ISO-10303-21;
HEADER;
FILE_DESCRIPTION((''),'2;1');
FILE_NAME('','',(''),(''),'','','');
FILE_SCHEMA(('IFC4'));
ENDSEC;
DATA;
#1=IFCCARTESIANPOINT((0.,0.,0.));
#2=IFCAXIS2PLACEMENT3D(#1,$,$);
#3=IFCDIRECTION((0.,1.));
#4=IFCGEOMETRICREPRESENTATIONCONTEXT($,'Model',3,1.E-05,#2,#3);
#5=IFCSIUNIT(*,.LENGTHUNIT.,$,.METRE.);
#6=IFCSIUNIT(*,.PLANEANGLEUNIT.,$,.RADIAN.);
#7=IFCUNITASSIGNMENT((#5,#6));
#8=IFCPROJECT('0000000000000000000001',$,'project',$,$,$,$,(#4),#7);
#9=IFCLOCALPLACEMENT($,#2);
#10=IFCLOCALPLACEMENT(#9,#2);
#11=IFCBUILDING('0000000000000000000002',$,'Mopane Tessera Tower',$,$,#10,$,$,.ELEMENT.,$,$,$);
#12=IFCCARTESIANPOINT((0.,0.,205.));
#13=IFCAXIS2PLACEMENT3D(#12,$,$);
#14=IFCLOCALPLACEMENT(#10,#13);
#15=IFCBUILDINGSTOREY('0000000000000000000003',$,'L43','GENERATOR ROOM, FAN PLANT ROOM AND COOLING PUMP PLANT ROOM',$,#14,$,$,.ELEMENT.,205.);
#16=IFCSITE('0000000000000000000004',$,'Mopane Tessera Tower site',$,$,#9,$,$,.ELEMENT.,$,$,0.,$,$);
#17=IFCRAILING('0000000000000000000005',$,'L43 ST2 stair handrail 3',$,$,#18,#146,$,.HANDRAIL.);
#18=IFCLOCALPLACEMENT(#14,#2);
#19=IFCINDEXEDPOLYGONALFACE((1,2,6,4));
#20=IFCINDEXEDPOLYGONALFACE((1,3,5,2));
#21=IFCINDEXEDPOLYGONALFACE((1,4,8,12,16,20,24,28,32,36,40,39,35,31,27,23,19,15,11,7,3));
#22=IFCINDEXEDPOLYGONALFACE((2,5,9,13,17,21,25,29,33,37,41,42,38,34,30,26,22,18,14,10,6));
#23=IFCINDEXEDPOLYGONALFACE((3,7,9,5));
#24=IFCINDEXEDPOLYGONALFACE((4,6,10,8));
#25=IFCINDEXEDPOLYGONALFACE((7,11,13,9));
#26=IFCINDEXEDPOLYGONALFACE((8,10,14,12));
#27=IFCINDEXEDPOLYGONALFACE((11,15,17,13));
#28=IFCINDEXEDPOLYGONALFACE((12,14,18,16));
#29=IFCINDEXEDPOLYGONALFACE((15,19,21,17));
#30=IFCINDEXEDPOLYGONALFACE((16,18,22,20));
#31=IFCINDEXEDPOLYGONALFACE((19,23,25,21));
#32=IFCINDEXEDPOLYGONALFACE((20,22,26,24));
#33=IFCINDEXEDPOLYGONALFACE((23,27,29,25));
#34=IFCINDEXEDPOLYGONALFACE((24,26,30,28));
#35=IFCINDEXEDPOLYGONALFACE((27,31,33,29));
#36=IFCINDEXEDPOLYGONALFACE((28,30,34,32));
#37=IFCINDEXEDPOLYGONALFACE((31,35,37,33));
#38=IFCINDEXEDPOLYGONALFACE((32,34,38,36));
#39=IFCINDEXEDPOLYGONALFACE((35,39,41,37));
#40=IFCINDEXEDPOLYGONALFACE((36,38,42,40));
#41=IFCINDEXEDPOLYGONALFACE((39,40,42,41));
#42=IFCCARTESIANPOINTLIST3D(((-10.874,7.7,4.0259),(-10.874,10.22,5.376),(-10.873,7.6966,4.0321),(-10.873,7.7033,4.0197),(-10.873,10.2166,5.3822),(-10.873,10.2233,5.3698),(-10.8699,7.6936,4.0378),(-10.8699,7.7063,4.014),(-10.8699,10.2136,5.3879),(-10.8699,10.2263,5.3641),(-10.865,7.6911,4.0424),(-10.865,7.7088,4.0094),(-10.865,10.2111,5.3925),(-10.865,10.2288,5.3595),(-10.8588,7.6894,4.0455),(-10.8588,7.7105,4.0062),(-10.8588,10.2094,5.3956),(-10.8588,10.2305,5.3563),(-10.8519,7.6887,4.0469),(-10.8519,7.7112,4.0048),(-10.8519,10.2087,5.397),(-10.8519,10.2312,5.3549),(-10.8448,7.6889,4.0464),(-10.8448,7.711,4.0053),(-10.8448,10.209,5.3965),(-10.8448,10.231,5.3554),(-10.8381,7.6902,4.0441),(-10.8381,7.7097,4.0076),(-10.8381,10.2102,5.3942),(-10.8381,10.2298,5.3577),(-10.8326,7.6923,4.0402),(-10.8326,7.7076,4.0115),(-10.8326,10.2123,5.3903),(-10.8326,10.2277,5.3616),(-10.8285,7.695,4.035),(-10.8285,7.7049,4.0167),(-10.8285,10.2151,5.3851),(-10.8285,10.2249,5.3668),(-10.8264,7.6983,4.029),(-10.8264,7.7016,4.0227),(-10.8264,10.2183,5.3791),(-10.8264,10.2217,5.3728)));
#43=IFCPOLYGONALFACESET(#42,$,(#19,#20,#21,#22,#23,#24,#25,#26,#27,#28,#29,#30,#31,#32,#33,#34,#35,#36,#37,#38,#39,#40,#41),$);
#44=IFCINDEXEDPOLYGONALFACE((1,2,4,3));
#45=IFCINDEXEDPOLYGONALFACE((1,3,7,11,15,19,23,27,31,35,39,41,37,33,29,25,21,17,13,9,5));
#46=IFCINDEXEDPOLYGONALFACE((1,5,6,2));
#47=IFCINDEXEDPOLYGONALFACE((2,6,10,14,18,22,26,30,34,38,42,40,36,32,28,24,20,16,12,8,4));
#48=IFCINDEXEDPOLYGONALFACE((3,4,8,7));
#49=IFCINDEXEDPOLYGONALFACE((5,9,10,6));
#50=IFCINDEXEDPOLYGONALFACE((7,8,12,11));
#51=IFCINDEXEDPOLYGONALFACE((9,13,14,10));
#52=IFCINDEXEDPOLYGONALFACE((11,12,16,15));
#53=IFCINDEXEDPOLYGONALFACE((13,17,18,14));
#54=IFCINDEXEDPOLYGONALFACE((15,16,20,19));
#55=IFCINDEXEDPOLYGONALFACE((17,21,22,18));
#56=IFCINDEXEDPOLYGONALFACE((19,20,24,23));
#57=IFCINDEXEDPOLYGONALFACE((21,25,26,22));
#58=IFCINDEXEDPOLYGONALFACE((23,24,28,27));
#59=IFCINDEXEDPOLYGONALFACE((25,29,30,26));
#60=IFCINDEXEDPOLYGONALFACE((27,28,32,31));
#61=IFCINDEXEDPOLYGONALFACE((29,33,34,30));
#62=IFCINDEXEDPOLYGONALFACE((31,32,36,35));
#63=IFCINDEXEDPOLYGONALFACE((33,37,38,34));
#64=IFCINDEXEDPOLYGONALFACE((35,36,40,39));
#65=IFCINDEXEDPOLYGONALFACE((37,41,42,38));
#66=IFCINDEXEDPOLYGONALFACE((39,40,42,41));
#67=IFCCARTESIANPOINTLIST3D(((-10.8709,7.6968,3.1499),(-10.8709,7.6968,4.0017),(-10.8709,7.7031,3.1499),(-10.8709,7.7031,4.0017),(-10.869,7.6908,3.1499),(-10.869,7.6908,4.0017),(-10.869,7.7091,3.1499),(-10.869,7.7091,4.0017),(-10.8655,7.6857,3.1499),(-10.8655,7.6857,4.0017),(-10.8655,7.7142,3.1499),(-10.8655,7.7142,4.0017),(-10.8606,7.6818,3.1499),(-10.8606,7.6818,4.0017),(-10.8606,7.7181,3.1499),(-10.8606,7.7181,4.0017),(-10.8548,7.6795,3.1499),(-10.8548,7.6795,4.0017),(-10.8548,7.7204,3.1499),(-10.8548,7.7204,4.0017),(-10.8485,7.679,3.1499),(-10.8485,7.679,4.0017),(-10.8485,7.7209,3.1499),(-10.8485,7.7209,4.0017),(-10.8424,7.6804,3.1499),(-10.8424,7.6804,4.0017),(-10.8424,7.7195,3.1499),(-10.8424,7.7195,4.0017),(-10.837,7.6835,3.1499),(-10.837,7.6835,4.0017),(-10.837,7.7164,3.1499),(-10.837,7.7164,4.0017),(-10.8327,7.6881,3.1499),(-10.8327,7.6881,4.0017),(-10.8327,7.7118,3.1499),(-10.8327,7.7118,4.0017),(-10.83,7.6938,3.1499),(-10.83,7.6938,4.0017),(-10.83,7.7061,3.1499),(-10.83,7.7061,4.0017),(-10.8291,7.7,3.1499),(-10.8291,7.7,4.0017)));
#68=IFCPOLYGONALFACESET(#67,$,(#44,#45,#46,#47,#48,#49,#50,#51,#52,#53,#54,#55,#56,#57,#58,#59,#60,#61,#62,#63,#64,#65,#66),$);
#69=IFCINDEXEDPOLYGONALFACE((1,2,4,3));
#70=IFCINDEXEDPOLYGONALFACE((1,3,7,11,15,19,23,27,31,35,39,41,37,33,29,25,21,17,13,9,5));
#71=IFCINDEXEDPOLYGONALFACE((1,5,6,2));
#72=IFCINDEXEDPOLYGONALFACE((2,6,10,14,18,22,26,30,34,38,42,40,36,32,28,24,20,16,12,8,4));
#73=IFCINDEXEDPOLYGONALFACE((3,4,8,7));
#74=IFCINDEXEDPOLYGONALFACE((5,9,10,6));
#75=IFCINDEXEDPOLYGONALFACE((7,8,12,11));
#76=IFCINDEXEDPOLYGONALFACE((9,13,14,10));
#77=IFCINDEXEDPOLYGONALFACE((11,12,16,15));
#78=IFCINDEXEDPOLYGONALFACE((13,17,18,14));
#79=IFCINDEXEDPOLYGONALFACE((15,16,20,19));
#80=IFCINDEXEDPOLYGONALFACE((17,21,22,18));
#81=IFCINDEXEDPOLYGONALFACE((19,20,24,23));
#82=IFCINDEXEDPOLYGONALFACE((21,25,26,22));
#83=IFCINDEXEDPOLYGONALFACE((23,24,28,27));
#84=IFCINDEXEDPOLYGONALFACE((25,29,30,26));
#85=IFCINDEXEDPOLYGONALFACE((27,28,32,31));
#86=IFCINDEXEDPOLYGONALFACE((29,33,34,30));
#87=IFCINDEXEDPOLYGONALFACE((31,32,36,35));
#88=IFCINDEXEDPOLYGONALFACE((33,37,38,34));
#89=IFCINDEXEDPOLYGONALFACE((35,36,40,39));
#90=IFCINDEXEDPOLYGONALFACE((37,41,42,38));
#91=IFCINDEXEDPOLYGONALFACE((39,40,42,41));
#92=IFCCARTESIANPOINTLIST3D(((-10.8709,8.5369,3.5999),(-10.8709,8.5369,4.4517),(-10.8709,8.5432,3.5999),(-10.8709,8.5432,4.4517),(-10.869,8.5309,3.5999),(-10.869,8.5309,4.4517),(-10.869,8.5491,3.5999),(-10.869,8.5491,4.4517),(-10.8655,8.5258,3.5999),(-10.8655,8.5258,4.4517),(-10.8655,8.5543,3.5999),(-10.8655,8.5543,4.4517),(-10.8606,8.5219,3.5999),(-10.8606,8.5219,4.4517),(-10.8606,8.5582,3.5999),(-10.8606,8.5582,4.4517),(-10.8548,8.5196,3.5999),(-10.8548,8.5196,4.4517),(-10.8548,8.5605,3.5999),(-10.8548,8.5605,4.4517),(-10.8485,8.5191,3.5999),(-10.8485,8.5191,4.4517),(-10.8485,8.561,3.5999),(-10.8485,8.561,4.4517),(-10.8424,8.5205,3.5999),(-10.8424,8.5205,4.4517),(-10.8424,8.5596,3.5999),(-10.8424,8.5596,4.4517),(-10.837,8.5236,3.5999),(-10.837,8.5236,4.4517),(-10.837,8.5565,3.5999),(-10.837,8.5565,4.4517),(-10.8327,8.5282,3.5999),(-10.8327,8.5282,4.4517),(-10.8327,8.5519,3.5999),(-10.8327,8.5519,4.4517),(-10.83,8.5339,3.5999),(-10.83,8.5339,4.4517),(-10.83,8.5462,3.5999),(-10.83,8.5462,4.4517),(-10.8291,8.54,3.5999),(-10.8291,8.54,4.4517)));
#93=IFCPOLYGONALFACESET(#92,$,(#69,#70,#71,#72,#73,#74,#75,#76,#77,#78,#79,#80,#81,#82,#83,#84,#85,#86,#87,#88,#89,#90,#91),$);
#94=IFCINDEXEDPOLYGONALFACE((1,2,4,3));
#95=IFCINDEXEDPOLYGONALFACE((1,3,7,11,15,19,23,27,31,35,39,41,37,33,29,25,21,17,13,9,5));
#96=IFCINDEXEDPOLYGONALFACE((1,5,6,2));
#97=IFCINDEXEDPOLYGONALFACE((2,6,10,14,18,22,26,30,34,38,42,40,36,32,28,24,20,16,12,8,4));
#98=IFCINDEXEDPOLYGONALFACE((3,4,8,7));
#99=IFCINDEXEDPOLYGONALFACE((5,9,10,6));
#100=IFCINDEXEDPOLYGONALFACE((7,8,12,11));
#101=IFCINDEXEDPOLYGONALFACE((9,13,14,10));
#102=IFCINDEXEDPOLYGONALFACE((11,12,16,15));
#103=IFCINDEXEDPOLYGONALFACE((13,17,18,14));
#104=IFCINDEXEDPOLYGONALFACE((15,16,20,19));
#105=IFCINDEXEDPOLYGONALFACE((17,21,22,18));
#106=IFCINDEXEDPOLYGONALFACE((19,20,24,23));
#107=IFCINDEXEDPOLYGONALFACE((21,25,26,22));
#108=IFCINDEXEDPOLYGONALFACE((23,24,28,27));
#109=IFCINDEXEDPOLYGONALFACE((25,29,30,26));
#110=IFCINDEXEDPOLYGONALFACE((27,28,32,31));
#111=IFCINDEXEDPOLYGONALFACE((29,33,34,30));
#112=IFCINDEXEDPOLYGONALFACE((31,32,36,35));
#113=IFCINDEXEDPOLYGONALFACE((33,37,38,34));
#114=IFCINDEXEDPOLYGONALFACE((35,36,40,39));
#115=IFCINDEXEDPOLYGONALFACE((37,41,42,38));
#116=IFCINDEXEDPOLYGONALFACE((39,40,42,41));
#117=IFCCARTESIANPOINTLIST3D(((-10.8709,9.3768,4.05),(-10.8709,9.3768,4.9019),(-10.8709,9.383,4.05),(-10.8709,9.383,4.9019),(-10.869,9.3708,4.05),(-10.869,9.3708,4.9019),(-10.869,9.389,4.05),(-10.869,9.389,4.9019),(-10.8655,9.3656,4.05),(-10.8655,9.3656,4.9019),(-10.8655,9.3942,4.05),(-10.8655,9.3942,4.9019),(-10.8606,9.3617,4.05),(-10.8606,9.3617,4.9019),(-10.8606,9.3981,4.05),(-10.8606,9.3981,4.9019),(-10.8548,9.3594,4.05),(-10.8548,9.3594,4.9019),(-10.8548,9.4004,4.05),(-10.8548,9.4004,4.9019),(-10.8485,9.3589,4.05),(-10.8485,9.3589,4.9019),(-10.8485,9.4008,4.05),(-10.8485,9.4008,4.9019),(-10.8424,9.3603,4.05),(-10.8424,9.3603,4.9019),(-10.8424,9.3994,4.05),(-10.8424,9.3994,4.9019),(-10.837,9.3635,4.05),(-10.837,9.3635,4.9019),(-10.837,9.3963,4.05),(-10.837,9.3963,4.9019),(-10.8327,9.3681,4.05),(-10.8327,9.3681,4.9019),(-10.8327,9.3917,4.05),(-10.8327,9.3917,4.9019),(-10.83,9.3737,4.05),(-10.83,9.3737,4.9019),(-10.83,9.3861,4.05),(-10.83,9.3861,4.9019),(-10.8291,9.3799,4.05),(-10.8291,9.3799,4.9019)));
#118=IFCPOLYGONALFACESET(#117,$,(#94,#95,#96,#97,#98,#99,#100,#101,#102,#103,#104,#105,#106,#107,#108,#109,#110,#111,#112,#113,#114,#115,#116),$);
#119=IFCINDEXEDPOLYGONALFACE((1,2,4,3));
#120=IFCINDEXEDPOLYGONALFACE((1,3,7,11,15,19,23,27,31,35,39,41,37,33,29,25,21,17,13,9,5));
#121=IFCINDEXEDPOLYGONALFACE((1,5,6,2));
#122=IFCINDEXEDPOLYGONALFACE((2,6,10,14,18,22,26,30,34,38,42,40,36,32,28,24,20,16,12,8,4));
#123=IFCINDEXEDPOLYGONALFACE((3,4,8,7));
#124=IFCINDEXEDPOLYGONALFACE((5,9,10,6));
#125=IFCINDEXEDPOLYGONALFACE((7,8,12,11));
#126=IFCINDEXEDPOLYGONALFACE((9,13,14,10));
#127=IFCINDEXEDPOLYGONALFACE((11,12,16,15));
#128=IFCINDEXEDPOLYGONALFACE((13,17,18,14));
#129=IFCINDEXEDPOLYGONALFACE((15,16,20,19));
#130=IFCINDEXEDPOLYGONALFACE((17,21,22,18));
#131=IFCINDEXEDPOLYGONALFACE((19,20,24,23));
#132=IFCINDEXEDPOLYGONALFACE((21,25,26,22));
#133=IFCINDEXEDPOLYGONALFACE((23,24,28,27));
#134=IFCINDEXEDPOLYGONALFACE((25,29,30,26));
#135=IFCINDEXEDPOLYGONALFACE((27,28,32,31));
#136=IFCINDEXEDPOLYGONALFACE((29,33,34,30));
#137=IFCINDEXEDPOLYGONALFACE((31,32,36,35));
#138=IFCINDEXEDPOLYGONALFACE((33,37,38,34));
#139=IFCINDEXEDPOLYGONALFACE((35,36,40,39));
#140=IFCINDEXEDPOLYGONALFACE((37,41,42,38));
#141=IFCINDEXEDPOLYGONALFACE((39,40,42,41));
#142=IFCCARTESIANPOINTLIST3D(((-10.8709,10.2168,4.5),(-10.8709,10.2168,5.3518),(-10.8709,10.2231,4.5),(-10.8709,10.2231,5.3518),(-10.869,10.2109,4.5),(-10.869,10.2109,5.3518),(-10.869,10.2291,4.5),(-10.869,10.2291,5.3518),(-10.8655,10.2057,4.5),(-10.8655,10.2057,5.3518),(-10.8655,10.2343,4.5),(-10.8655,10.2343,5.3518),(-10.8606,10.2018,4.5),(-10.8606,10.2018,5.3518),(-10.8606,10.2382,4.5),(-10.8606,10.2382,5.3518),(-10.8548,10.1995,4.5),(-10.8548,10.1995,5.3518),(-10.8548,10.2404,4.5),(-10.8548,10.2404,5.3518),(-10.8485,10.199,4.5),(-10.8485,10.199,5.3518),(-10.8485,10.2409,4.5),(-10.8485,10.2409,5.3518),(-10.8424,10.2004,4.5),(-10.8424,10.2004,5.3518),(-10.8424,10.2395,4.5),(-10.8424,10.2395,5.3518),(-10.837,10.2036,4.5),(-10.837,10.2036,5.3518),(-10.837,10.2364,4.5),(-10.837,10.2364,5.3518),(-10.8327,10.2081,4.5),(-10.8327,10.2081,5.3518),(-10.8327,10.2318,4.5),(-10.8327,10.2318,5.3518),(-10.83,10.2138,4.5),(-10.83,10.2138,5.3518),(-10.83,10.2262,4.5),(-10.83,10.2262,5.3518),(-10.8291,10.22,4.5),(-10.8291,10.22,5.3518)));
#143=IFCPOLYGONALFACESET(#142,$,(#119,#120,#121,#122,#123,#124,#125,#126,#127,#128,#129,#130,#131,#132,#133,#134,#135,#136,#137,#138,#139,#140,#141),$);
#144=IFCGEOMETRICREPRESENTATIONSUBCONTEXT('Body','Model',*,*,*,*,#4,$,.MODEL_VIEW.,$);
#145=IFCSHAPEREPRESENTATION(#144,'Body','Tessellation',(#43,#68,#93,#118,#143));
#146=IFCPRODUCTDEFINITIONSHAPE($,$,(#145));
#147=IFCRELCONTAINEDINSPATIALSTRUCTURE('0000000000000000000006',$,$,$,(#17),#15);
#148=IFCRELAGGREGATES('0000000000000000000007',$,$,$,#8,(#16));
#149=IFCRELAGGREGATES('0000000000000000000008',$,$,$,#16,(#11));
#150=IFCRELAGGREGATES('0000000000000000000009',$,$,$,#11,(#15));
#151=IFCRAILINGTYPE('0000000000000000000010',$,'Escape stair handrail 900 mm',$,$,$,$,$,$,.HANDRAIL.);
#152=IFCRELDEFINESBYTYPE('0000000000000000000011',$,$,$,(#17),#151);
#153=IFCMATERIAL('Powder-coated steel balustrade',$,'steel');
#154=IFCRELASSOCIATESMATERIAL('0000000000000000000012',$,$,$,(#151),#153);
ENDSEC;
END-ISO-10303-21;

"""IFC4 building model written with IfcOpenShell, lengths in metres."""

from ifc_helpers import new_model, si_unit, direction, frame, origin, origin_2d, place, context, subcontext, project, spatial, circle, extrude, material, type_object, element, save


model = new_model("IFC4")

# Units and contexts
model_context = context("Model", 3, precision=1e-05, world=origin(), true_north=direction((0.0, 1.0)))
body_context = subcontext(model_context, "Body", "Model", "MODEL_VIEW")
ifc_project = project(units=[si_unit("LENGTHUNIT", "METRE"), si_unit("PLANEANGLEUNIT", "RADIAN")], contexts=[model_context])

# Site, building, storey
site_placement = place(None, origin())
site = spatial("IfcSite", under=ifc_project, at=site_placement, Name="Mopane Tessera Tower site", CompositionType="ELEMENT", RefElevation=0.0)
building_placement = place(site_placement, origin())
building = spatial("IfcBuilding", under=site, at=building_placement, Name="Mopane Tessera Tower", CompositionType="ELEMENT")
storey_placement = place(building_placement, frame((0.0, 0.0, 205.0)))
storey = spatial("IfcBuildingStorey", under=building, at=storey_placement, Name="L43", Description="GENERATOR ROOM, FAN PLANT ROOM AND COOLING PUMP PLANT ROOM", CompositionType="ELEMENT", Elevation=205.0)

# Railing
ifc_material_1 = material(Name="Powder-coated steel balustrade", Category="steel")
railing_type_1 = type_object("IfcRailingType", Name="Escape stair handrail 900 mm", PredefinedType="HANDRAIL", material=ifc_material_1)
railing_1_placement = place(storey_placement, frame((-10.8501, 7.7, 3.1499)))
element("IfcRailing", 1, at=railing_1_placement, inside=storey, type_object=railing_type_1, Name="L43 ST2 stair handrail 3", PredefinedType="HANDRAIL", context=body_context, shape_type="SweptSolid", body=[
    extrude(circle(Radius=0.0239, at=origin_2d()), frame((0.0, 0.0, 0.876), z_axis=(0.0, 0.881467, 0.472245), x_axis=(-1.0, 0.0, 0.0)), (0.0, 0.0, 1.0), 2.8589),
    extrude(circle(Radius=0.021, at=origin_2d()), origin(), (0.0, 0.0, 1.0), 0.8518),
    extrude(circle(Radius=0.021, at=origin_2d()), frame((0.0, 0.8401, 0.45)), (0.0, 0.0, 1.0), 0.8518),
    extrude(circle(Radius=0.021, at=origin_2d()), frame((0.0, 1.6799, 0.9001)), (0.0, 0.0, 1.0), 0.8518),
    extrude(circle(Radius=0.021, at=origin_2d()), frame((0.0, 2.52, 1.3501)), (0.0, 0.0, 1.0), 0.8518),
])

save(model, "model.ifc")
